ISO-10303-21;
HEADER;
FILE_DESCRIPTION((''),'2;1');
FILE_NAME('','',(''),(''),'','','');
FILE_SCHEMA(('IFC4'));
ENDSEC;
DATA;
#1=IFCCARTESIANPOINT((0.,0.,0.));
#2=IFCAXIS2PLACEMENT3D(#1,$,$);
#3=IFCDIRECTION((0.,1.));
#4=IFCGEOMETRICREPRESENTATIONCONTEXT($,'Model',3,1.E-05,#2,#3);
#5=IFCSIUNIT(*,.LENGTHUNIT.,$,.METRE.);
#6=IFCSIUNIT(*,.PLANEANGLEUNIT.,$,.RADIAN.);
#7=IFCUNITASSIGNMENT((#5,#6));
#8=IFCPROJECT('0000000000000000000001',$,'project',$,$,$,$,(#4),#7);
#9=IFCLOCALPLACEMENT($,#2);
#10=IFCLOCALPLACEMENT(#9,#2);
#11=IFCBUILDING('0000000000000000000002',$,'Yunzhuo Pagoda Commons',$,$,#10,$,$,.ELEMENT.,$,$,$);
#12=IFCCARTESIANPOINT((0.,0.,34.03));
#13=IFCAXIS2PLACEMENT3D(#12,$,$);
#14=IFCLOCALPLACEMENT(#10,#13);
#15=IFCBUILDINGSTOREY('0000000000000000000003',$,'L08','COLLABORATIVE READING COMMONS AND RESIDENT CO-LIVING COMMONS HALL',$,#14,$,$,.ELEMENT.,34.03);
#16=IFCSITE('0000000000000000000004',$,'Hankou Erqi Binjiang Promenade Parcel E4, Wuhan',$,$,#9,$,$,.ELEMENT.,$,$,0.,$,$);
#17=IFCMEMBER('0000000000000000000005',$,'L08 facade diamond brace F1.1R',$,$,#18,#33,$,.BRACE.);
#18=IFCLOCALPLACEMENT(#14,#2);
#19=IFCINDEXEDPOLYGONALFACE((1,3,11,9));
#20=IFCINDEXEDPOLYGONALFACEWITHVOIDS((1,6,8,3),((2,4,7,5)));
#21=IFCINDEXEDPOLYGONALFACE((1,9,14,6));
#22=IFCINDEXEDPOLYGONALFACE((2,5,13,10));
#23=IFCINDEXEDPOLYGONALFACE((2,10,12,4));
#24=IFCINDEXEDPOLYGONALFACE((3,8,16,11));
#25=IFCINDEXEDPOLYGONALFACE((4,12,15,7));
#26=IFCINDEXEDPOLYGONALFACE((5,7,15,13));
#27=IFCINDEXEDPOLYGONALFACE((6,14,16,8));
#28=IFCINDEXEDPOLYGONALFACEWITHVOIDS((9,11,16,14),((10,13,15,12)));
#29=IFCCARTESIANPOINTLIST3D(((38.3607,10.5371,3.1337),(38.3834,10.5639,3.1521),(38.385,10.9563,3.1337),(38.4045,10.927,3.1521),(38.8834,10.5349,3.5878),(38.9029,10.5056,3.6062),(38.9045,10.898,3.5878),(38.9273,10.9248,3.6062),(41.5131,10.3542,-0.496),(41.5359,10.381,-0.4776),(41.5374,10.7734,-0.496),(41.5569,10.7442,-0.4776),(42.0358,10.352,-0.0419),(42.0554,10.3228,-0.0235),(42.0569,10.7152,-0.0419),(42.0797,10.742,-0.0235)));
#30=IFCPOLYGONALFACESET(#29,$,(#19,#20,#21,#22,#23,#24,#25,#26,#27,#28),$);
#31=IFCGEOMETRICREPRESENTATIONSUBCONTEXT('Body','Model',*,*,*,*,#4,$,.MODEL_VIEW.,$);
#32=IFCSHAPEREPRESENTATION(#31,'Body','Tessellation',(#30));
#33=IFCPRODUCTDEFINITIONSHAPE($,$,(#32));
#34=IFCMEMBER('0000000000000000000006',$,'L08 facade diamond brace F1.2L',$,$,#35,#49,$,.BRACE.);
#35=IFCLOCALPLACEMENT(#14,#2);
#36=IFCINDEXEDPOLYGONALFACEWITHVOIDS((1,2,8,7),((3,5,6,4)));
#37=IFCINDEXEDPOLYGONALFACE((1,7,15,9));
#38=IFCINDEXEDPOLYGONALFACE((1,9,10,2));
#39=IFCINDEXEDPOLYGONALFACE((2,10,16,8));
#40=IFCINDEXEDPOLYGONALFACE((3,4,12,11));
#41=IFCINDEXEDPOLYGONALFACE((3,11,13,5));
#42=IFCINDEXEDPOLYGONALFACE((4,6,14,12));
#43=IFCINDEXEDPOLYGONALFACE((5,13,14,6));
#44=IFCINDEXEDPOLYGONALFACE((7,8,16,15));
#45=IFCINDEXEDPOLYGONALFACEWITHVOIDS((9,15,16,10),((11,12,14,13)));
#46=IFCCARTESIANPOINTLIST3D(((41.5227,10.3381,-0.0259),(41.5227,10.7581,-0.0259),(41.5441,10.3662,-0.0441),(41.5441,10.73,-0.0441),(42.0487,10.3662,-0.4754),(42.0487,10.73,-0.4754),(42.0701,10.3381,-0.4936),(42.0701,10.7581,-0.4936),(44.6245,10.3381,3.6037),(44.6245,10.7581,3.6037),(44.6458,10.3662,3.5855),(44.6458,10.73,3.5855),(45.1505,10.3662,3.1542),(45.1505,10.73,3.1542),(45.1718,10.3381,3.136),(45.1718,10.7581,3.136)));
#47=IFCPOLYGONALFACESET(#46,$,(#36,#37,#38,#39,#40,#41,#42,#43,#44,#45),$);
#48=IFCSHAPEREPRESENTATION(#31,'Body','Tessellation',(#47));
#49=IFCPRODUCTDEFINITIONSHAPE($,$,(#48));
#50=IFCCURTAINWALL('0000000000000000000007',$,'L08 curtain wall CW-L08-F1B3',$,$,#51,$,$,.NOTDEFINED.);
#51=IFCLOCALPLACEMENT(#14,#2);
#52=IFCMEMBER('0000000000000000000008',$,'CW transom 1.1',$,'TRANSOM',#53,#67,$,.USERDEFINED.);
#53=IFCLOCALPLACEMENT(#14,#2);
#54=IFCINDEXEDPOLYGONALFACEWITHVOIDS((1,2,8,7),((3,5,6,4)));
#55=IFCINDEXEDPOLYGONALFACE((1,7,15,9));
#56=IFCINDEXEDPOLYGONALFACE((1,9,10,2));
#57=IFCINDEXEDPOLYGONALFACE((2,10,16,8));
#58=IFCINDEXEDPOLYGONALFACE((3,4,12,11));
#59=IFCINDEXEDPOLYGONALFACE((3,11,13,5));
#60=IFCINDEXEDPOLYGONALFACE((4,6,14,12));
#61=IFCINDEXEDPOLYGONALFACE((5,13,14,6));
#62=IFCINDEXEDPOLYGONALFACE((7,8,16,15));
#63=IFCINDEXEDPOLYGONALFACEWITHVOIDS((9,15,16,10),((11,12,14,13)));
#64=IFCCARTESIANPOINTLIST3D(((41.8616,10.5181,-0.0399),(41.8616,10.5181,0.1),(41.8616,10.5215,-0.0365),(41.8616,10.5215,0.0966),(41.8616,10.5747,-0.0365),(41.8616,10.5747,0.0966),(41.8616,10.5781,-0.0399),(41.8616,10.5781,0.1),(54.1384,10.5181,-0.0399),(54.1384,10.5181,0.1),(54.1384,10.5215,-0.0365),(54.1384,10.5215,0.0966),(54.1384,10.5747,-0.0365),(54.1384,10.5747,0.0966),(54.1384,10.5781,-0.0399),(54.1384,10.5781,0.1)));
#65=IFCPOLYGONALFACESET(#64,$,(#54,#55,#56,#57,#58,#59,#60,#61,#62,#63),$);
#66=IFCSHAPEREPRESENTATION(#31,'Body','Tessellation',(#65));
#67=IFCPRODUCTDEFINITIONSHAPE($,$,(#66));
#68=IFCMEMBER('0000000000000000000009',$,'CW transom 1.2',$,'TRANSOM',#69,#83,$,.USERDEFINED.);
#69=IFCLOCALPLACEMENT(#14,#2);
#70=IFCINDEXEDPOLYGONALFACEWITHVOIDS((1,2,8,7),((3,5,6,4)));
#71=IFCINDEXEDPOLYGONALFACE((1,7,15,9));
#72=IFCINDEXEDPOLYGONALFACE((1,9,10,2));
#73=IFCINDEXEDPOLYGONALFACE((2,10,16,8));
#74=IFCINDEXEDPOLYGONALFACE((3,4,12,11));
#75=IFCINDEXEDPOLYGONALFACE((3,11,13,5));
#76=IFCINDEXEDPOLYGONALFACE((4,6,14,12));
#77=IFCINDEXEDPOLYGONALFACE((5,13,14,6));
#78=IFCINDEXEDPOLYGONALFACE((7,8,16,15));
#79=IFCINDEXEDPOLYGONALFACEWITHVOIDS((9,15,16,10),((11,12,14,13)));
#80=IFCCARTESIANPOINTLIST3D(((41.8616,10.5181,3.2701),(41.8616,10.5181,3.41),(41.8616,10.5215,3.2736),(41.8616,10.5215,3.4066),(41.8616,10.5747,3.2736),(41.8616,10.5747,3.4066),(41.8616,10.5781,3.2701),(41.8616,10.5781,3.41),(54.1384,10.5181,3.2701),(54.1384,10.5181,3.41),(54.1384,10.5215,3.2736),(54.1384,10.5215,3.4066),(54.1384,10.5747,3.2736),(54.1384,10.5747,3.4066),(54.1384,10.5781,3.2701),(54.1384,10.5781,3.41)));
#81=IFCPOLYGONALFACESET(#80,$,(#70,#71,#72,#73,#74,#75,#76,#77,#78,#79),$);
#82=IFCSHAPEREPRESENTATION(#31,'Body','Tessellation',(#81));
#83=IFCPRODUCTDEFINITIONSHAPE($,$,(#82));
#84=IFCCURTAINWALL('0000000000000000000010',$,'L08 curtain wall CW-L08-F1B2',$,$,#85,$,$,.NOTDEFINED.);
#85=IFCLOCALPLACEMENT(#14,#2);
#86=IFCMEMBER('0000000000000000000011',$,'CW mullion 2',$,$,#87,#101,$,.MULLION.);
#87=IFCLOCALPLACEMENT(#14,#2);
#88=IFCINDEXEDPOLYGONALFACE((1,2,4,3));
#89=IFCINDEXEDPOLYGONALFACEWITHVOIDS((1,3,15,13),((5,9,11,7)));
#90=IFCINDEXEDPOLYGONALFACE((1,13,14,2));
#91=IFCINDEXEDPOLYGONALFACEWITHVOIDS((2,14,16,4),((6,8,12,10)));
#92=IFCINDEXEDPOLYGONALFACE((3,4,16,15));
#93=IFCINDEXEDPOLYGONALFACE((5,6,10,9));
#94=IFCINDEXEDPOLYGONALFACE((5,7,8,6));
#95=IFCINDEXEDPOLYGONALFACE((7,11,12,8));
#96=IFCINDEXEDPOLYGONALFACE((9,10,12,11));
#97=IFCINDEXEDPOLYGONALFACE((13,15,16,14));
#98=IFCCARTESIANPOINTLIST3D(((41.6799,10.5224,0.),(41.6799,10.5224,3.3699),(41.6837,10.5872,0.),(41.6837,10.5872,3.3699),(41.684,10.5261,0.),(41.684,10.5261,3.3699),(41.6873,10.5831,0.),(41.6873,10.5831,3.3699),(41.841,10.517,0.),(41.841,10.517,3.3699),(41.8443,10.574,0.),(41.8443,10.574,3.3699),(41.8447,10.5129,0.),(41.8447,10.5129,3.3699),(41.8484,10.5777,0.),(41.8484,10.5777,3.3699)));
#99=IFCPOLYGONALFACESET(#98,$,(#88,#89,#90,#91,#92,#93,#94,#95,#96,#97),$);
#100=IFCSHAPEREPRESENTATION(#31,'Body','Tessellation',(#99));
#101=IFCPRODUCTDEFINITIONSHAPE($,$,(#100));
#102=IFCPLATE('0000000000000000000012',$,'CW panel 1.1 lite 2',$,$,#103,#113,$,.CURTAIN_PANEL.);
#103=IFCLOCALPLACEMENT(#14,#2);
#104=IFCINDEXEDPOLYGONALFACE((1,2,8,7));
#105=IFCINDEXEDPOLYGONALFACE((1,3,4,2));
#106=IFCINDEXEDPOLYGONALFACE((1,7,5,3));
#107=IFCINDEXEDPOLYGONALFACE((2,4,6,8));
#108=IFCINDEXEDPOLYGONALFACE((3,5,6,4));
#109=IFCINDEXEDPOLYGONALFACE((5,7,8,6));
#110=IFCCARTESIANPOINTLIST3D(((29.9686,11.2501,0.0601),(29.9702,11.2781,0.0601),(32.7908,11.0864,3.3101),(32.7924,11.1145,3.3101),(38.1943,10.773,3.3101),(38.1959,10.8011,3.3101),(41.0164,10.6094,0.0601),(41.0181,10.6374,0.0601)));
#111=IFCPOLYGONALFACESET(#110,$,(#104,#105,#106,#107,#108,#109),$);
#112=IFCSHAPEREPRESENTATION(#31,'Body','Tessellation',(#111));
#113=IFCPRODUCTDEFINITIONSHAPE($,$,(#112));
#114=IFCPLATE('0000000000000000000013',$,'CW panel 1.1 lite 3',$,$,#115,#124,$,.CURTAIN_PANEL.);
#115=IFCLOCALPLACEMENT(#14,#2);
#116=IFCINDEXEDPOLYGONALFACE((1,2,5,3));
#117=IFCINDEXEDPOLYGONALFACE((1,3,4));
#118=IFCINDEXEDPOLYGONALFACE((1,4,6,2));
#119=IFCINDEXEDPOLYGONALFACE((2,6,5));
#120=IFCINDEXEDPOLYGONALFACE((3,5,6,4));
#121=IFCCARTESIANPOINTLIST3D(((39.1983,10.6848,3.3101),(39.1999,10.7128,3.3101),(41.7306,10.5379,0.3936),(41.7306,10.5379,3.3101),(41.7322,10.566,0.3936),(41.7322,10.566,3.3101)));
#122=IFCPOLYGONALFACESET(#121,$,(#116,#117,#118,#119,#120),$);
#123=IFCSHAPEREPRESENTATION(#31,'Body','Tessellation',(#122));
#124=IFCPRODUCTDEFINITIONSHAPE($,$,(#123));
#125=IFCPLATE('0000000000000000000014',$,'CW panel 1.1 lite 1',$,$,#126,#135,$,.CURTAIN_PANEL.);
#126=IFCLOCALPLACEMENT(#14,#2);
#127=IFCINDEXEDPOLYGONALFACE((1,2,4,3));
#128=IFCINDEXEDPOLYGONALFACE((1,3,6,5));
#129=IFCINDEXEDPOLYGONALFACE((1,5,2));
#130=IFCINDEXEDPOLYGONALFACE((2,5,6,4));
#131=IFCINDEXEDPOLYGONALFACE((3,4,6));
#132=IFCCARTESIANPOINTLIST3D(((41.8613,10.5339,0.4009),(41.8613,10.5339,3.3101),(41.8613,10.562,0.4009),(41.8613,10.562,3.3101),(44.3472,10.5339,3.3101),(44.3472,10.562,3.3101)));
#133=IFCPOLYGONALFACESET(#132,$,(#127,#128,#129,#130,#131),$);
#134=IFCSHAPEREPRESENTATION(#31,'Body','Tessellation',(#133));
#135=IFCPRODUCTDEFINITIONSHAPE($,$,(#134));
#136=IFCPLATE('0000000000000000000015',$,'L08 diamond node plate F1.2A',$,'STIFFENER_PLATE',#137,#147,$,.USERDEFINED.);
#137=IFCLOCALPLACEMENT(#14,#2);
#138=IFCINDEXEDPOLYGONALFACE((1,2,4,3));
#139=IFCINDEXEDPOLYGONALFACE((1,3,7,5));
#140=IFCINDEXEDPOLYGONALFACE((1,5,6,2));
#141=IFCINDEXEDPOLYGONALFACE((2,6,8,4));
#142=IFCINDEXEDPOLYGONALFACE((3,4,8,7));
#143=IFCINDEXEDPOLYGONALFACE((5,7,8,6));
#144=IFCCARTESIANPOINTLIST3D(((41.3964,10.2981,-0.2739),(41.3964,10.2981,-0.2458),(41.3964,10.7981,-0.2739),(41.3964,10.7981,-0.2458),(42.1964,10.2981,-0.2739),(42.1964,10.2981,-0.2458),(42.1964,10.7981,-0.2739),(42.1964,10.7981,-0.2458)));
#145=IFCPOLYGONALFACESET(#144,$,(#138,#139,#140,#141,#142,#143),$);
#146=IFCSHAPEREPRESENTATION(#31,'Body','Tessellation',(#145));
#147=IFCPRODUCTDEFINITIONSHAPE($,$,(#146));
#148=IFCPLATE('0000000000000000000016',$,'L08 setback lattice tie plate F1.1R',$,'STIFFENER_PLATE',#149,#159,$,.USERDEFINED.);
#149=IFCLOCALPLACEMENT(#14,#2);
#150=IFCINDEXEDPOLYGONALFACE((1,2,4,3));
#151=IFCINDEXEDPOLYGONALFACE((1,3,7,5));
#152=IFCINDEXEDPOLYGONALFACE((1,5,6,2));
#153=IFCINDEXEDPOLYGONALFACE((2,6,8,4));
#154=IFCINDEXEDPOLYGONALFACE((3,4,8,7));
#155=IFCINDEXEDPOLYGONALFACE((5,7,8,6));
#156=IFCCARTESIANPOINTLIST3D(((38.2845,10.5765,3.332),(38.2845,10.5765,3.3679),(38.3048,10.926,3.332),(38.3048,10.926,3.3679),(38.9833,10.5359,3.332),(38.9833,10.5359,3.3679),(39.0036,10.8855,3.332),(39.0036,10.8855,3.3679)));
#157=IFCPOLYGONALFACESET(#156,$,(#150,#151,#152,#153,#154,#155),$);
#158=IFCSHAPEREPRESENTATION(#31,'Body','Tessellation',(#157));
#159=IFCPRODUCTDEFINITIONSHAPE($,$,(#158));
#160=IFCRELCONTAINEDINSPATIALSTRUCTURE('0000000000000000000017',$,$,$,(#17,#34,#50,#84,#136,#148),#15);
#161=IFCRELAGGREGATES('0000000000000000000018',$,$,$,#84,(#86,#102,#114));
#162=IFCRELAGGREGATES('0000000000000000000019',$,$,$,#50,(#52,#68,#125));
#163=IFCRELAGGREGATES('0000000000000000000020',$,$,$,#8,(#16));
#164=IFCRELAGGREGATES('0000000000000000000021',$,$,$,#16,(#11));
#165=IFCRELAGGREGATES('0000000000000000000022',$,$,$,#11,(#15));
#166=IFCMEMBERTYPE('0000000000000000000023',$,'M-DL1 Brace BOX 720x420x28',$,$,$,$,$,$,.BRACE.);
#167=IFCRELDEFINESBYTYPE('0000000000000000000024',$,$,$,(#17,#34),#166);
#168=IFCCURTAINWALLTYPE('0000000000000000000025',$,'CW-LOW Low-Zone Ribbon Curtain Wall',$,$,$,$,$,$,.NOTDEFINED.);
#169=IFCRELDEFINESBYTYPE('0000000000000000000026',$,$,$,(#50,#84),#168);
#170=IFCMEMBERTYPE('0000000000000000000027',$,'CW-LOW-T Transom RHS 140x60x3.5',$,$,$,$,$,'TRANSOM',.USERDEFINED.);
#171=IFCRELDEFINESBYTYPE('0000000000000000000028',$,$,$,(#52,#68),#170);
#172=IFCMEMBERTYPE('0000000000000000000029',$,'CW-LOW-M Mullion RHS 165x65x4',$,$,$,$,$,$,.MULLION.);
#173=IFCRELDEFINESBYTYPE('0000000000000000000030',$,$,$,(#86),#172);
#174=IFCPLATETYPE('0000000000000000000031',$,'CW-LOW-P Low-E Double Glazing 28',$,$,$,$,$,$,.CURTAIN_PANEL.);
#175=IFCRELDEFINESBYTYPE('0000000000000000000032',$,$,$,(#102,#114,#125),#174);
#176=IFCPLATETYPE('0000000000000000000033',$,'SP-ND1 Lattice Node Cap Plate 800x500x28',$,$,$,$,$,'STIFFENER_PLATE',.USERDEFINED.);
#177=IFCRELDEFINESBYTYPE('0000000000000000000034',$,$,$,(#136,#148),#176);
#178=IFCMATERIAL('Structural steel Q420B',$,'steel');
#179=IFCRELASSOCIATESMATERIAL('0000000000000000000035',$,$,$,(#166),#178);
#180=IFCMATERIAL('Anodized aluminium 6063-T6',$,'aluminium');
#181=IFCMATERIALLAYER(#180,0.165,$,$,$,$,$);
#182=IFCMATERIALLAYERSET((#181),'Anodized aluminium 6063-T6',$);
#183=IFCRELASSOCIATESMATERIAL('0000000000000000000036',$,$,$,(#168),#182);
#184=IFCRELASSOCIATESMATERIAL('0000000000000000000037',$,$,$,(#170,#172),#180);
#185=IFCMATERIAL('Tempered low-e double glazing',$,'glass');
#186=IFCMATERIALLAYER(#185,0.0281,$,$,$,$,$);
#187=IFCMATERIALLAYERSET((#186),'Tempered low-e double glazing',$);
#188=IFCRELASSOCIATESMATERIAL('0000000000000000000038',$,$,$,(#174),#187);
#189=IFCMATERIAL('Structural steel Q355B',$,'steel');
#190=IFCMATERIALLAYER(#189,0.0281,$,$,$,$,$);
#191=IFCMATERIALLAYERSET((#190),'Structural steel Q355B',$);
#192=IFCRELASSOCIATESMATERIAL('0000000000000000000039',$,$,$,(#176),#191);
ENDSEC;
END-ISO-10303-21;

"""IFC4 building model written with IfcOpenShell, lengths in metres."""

from ifc_helpers import new_model, si_unit, direction, frame, origin, origin_2d, place, context, subcontext, project, spatial, polyline, rectangle, hollow_rectangle, outline, extrude, source, transform, mapped, material, layer, layer_set, material_profile, profile_set, type_object, element, aggregate, save


model = new_model("IFC4")

# Units and contexts
model_context = context("Model", 3, precision=1e-05, world=origin(), true_north=direction((0.0, 1.0)))
body_context = subcontext(model_context, "Body", "Model", "MODEL_VIEW")
ifc_project = project(units=[si_unit("LENGTHUNIT", "METRE"), si_unit("PLANEANGLEUNIT", "RADIAN")], contexts=[model_context])

# Site, building, storey
site_placement = place(None, origin())
site = spatial("IfcSite", under=ifc_project, at=site_placement, Name="Hankou Erqi Binjiang Promenade Parcel E4, Wuhan", CompositionType="ELEMENT", RefElevation=0.0)
building_placement = place(site_placement, origin())
building = spatial("IfcBuilding", under=site, at=building_placement, Name="Yunzhuo Pagoda Commons", CompositionType="ELEMENT")
storey_placement = place(building_placement, frame((0.0, 0.0, 34.03)))
storey = spatial("IfcBuildingStorey", under=building, at=storey_placement, Name="L08", Description="COLLABORATIVE READING COMMONS AND RESIDENT CO-LIVING COMMONS HALL", CompositionType="ELEMENT", Elevation=34.03)

# Shared definitions
ifc_material_1 = material(Name="Structural steel Q420B", Category="steel")

# Shared definitions
ifc_material_2 = material(Name="Structural steel Q355B", Category="steel")

# Members
ifc_material_profile_1 = material_profile(ifc_material_1, hollow_rectangle(XDim=0.4199, YDim=0.72, WallThickness=0.0281, at=origin_2d()), Name="Structural steel Q420B")
ifc_profile_set_1 = profile_set([ifc_material_profile_1], Name="Structural steel Q420B")
member_type_1 = type_object("IfcMemberType", Name="M-DL1 Brace BOX 720x420x28", PredefinedType="BRACE", material=ifc_profile_set_1)
shared_shape_1 = source(origin(), body_context, "Body", "SweptSolid", [
    extrude(hollow_rectangle(XDim=0.4199, YDim=0.72, WallThickness=0.0281, at=origin_2d()), origin(), (0.0, 0.0, 1.0), 4.811),
])
member_1_placement = place(storey_placement, frame((41.7964, 10.5481, -0.2598), z_axis=(-0.655247, 0.03801, 0.754458), x_axis=(-0.057911, -0.998322, 0.0)))
element("IfcMember", 1, at=member_1_placement, inside=storey, type_object=member_type_1, Name="L08 facade diamond brace F1.1R", PredefinedType="BRACE", context=body_context, shape_type="MappedRepresentation", body=[
    mapped(shared_shape_1, transform((0.0, 0.0, 0.0), scale=1.0)),
])
shared_shape_2 = source(origin(), body_context, "Body", "SweptSolid", [
    extrude(hollow_rectangle(XDim=0.4199, YDim=0.72, WallThickness=0.0281, at=origin_2d()), origin(), (0.0, 0.0, 1.0), 4.7744),
])
member_2_placement = place(storey_placement, frame((41.7964, 10.5481, -0.2598), z_axis=(0.649666, 0.0, 0.76022), x_axis=(0.0, 1.0, 0.0)))
element("IfcMember", 2, at=member_2_placement, inside=storey, type_object=member_type_1, Name="L08 facade diamond brace F1.2L", PredefinedType="BRACE", context=body_context, shape_type="MappedRepresentation", body=[
    mapped(shared_shape_2, transform((0.0, 0.0, 0.0), scale=1.0)),
])

# Curtain wall, members
ifc_material_3 = material(Name="Anodized aluminium 6063-T6", Category="aluminium")
ifc_layer_1 = layer(ifc_material_3, 0.165)
ifc_layer_set_1 = layer_set([ifc_layer_1], Name="Anodized aluminium 6063-T6")
curtain_wall_type = type_object("IfcCurtainWallType", Name="CW-LOW Low-Zone Ribbon Curtain Wall", PredefinedType="NOTDEFINED", material=ifc_layer_set_1)
curtain_wall_1_placement = place(storey_placement, origin())
curtain_wall_1 = element("IfcCurtainWall", 3, at=curtain_wall_1_placement, inside=storey, type_object=curtain_wall_type, Name="L08 curtain wall CW-L08-F1B3", PredefinedType="NOTDEFINED")
ifc_material_profile_2 = material_profile(ifc_material_3, hollow_rectangle(XDim=0.0601, YDim=0.1399, WallThickness=0.0034, at=origin_2d()), Name="Anodized aluminium 6063-T6")
ifc_profile_set_2 = profile_set([ifc_material_profile_2], Name="Anodized aluminium 6063-T6")
member_type_2 = type_object("IfcMemberType", Name="CW-LOW-T Transom RHS 140x60x3.5", ElementType="TRANSOM", PredefinedType="USERDEFINED", material=ifc_profile_set_2)
shared_shape_3 = source(origin(), body_context, "Body", "SweptSolid", [
    extrude(hollow_rectangle(XDim=0.0601, YDim=0.1399, WallThickness=0.0034, at=origin_2d()), origin(), (0.0, 0.0, 1.0), 12.2769),
])
member_3_placement = place(storey_placement, frame((41.8616, 10.5481, 0.03), z_axis=(1.0, 0.0, 0.0), x_axis=(0.0, 1.0, 0.0)))
member_3 = element("IfcMember", 4, at=member_3_placement, type_object=member_type_2, Name="CW transom 1.1", ObjectType="TRANSOM", PredefinedType="USERDEFINED", context=body_context, shape_type="MappedRepresentation", body=[
    mapped(shared_shape_3, transform((0.0, 0.0, 0.0), scale=1.0)),
])
member_4_placement = place(storey_placement, frame((41.8616, 10.5481, 3.3401), z_axis=(1.0, 0.0, 0.0), x_axis=(0.0, 1.0, 0.0)))
member_4 = element("IfcMember", 5, at=member_4_placement, type_object=member_type_2, Name="CW transom 1.2", ObjectType="TRANSOM", PredefinedType="USERDEFINED", context=body_context, shape_type="MappedRepresentation", body=[
    mapped(shared_shape_3, transform((0.0, 0.0, 0.0), scale=1.0)),
])

# Curtain wall, member, plates
curtain_wall_2_placement = place(storey_placement, origin())
curtain_wall_2 = element("IfcCurtainWall", 6, at=curtain_wall_2_placement, inside=storey, type_object=curtain_wall_type, Name="L08 curtain wall CW-L08-F1B2", PredefinedType="NOTDEFINED")
ifc_material_profile_3 = material_profile(ifc_material_3, hollow_rectangle(XDim=0.0649, YDim=0.165, WallThickness=0.0039, at=origin_2d()), Name="Anodized aluminium 6063-T6")
ifc_profile_set_3 = profile_set([ifc_material_profile_3], Name="Anodized aluminium 6063-T6")
member_type_3 = type_object("IfcMemberType", Name="CW-LOW-M Mullion RHS 165x65x4", PredefinedType="MULLION", material=ifc_profile_set_3)
shared_shape_4 = source(origin(), body_context, "Body", "SweptSolid", [
    extrude(hollow_rectangle(XDim=0.0649, YDim=0.165, WallThickness=0.0039, at=origin_2d()), origin(), (0.0, 0.0, 1.0), 3.3699),
])
member_5_placement = place(storey_placement, frame((41.7642, 10.55, 0.0), z_axis=(0.0, 0.0, 1.0), x_axis=(0.057899, 0.998322, 0.0)))
member_5 = element("IfcMember", 7, at=member_5_placement, type_object=member_type_3, Name="CW mullion 2", PredefinedType="MULLION", context=body_context, shape_type="MappedRepresentation", body=[
    mapped(shared_shape_4, transform((0.0, 0.0, 0.0), scale=1.0)),
])
ifc_material_4 = material(Name="Tempered low-e double glazing", Category="glass")
ifc_layer_2 = layer(ifc_material_4, 0.0281)
ifc_layer_set_2 = layer_set([ifc_layer_2], Name="Tempered low-e double glazing")
plate_type_1 = type_object("IfcPlateType", Name="CW-LOW-P Low-E Double Glazing 28", PredefinedType="CURTAIN_PANEL", material=ifc_layer_set_2)
plate_1_placement = place(storey_placement, frame((35.4941, 10.9578, 1.6851), z_axis=(-0.057899, -0.998322, 0.0), x_axis=(0.998322, -0.057899, 0.0)))
plate_1 = element("IfcPlate", 8, at=plate_1_placement, type_object=plate_type_1, Name="CW panel 1.1 lite 2", PredefinedType="CURTAIN_PANEL", context=body_context, shape_type="SweptSolid", body=[
    extrude(outline(polyline([(-5.5332, -1.625), (5.5332, -1.625), (2.7063, 1.625), (-2.7063, 1.625), (-5.5332, -1.625)])), origin(), (0.0, 0.0, 1.0), 0.0281),
])
plate_2_placement = place(storey_placement, frame((40.4661, 10.6394, 1.8518), z_axis=(-0.057899, -0.998322, 0.0), x_axis=(0.998322, -0.057899, 0.0)))
plate_2 = element("IfcPlate", 9, at=plate_2_placement, type_object=plate_type_1, Name="CW panel 1.1 lite 3", PredefinedType="CURTAIN_PANEL", context=body_context, shape_type="SweptSolid", body=[
    extrude(outline(polyline([(-1.2683, 1.4583), (1.2683, -1.4583), (1.2683, 1.4583), (-1.2683, 1.4583)])), origin(), (0.0, 0.0, 1.0), 0.0281),
])
aggregate(curtain_wall_2, [member_5, plate_1, plate_2])

# Plate
plate_3_placement = place(storey_placement, frame((43.1042, 10.562, 1.8555), z_axis=(0.0, -1.0, 0.0), x_axis=(1.0, 0.0, 0.0)))
plate_3 = element("IfcPlate", 10, at=plate_3_placement, type_object=plate_type_1, Name="CW panel 1.1 lite 1", PredefinedType="CURTAIN_PANEL", context=body_context, shape_type="SweptSolid", body=[
    extrude(outline(polyline([(-1.2429, -1.4546), (1.2429, 1.4546), (-1.2429, 1.4546), (-1.2429, -1.4546)])), origin(), (0.0, 0.0, 1.0), 0.0281),
])
aggregate(curtain_wall_1, [member_3, member_4, plate_3])

# Plates
ifc_layer_3 = layer(ifc_material_2, 0.0281)
ifc_layer_set_3 = layer_set([ifc_layer_3], Name="Structural steel Q355B")
plate_type_2 = type_object("IfcPlateType", Name="SP-ND1 Lattice Node Cap Plate 800x500x28", ElementType="STIFFENER_PLATE", PredefinedType="USERDEFINED", material=ifc_layer_set_3)
shared_shape_5 = source(origin(), body_context, "Body", "SweptSolid", [
    extrude(rectangle(XDim=0.8, YDim=0.5, at=origin_2d()), origin(), (0.0, 0.0, 1.0), 0.0281),
])
plate_4_placement = place(storey_placement, frame((41.7964, 10.5481, -0.2739), z_axis=(0.0, 0.0, 1.0), x_axis=(1.0, 0.0, 0.0)))
element("IfcPlate", 11, at=plate_4_placement, inside=storey, type_object=plate_type_2, Name="L08 diamond node plate F1.2A", ObjectType="STIFFENER_PLATE", PredefinedType="USERDEFINED", context=body_context, shape_type="MappedRepresentation", body=[
    mapped(shared_shape_5, transform((0.0, 0.0, 0.0), scale=1.0)),
])
shared_shape_6 = source(origin(), body_context, "Body", "SweptSolid", [
    extrude(rectangle(XDim=0.7, YDim=0.3501, at=origin_2d()), origin(), (0.0, 0.0, 1.0), 0.0359),
])
plate_5_placement = place(storey_placement, frame((38.644, 10.731, 3.332), z_axis=(0.0, 0.0, 1.0), x_axis=(0.998323, -0.057895, 0.0)))
element("IfcPlate", 12, at=plate_5_placement, inside=storey, type_object=plate_type_2, Name="L08 setback lattice tie plate F1.1R", ObjectType="STIFFENER_PLATE", PredefinedType="USERDEFINED", context=body_context, shape_type="MappedRepresentation", body=[
    mapped(shared_shape_6, transform((0.0, 0.0, 0.0), scale=1.0)),
])

save(model, "model.ifc")
